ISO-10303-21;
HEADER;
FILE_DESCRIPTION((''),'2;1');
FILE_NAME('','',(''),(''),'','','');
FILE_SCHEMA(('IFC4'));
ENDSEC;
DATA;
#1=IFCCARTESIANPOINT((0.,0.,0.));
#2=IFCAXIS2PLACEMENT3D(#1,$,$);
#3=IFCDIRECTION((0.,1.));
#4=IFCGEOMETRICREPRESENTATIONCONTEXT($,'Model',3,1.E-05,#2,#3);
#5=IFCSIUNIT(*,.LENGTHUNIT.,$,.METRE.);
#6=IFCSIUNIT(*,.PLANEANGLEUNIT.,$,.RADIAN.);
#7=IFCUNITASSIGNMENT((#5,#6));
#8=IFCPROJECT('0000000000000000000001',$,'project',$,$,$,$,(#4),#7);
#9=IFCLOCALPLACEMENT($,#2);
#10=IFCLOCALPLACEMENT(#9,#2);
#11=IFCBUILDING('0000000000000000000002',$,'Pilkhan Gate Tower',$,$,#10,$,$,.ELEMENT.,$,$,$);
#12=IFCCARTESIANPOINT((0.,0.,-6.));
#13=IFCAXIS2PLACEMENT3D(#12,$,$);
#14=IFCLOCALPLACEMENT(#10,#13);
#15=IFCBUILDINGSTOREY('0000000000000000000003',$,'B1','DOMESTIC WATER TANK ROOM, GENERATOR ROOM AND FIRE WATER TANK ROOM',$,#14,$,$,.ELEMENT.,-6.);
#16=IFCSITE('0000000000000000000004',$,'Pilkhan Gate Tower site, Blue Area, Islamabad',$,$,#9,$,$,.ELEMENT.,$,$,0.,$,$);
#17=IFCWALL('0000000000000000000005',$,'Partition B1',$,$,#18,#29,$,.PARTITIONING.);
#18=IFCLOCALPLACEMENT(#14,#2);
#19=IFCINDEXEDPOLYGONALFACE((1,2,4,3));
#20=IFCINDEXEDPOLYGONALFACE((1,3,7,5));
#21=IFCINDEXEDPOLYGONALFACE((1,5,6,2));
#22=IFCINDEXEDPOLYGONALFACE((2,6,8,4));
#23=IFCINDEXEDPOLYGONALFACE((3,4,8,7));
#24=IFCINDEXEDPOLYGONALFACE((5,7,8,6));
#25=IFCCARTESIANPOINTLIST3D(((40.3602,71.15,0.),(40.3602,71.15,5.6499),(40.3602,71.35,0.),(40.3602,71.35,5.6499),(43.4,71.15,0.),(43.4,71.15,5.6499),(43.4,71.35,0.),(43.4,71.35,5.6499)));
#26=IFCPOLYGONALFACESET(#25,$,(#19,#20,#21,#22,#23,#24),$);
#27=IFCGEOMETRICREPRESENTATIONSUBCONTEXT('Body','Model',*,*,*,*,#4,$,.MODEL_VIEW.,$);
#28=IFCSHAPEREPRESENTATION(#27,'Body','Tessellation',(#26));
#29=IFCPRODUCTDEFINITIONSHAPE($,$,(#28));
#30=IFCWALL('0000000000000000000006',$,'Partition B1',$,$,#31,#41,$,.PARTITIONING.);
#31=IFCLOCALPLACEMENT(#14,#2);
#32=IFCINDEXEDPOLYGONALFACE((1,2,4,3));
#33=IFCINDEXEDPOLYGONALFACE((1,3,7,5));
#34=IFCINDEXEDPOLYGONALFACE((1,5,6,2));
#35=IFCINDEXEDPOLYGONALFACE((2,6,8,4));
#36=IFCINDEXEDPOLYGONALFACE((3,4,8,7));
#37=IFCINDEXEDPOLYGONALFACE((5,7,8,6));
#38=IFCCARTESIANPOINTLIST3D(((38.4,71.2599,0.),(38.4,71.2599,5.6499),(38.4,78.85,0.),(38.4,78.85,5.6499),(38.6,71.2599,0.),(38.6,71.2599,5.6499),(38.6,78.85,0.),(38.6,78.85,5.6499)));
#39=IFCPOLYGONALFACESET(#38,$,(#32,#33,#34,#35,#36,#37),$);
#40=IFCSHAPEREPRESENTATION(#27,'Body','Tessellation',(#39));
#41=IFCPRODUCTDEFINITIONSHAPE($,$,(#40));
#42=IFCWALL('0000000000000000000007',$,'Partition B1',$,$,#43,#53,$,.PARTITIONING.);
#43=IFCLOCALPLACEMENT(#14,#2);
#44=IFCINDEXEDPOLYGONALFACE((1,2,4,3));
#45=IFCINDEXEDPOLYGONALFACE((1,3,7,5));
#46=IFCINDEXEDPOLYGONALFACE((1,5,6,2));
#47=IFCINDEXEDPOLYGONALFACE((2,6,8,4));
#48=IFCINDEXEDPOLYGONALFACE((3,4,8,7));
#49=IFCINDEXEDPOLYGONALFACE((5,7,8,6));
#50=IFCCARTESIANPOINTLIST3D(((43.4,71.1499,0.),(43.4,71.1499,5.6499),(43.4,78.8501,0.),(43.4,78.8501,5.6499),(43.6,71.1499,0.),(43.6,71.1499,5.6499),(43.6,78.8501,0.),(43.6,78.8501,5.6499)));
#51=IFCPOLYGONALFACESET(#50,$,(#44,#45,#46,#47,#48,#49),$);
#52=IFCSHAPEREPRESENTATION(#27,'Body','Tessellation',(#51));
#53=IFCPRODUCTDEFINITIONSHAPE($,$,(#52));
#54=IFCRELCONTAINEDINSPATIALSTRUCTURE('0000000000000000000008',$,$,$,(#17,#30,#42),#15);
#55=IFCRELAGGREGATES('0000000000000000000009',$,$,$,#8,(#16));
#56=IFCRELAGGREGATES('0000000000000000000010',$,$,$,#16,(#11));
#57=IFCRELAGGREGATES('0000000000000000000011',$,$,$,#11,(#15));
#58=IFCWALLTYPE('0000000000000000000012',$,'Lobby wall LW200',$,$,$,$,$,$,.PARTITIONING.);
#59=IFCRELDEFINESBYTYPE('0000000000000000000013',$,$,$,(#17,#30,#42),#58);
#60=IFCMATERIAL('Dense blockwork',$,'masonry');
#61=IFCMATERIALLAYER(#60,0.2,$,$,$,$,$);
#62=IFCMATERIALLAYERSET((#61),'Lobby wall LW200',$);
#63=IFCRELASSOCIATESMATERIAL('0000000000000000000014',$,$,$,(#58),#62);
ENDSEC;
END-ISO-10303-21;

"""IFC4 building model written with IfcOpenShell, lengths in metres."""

from ifc_helpers import new_model, si_unit, direction, frame, frame_2d, origin, place, context, subcontext, project, spatial, rectangle, extrude, material, layer, layer_set, type_object, element, save


model = new_model("IFC4")

# Units and contexts
model_context = context("Model", 3, precision=1e-05, world=origin(), true_north=direction((0.0, 1.0)))
body_context = subcontext(model_context, "Body", "Model", "MODEL_VIEW")
ifc_project = project(units=[si_unit("LENGTHUNIT", "METRE"), si_unit("PLANEANGLEUNIT", "RADIAN")], contexts=[model_context])

# Site, building, storey
site_placement = place(None, origin())
site = spatial("IfcSite", under=ifc_project, at=site_placement, Name="Pilkhan Gate Tower site, Blue Area, Islamabad", CompositionType="ELEMENT", RefElevation=0.0)
building_placement = place(site_placement, origin())
building = spatial("IfcBuilding", under=site, at=building_placement, Name="Pilkhan Gate Tower", CompositionType="ELEMENT")
storey_placement = place(building_placement, frame((0.0, 0.0, -6.0)))
storey = spatial("IfcBuildingStorey", under=building, at=storey_placement, Name="B1", Description="DOMESTIC WATER TANK ROOM, GENERATOR ROOM AND FIRE WATER TANK ROOM", CompositionType="ELEMENT", Elevation=-6.0)

# Walls
ifc_material_1 = material(Name="Dense blockwork", Category="masonry")
ifc_layer_1 = layer(ifc_material_1, 0.2)
ifc_layer_set_1 = layer_set([ifc_layer_1], Name="Lobby wall LW200")
wall_type_1 = type_object("IfcWallType", Name="Lobby wall LW200", PredefinedType="PARTITIONING", material=ifc_layer_set_1)
wall_1_placement = place(storey_placement, frame((40.3601, 71.25, 0.0), z_axis=(0.0, 0.0, 1.0), x_axis=(1.0, 0.0, 0.0)))
element("IfcWall", 1, at=wall_1_placement, inside=storey, type_object=wall_type_1, Name="Partition B1", PredefinedType="PARTITIONING", context=body_context, shape_type="SweptSolid", body=[
    extrude(rectangle(XDim=3.0398, YDim=0.2, at=frame_2d((1.52, 0.0))), origin(), (0.0, 0.0, 1.0), 5.6499),
])
wall_2_placement = place(storey_placement, frame((38.5, 71.26, 0.0), z_axis=(0.0, 0.0, 1.0), x_axis=(0.0, 1.0, 0.0)))
element("IfcWall", 2, at=wall_2_placement, inside=storey, type_object=wall_type_1, Name="Partition B1", PredefinedType="PARTITIONING", context=body_context, shape_type="SweptSolid", body=[
    extrude(rectangle(XDim=7.5901, YDim=0.2, at=frame_2d((3.7949, 0.0))), origin(), (0.0, 0.0, 1.0), 5.6499),
])
wall_3_placement = place(storey_placement, frame((43.5, 71.1499, 0.0), z_axis=(0.0, 0.0, 1.0), x_axis=(0.0, 1.0, 0.0)))
element("IfcWall", 3, at=wall_3_placement, inside=storey, type_object=wall_type_1, Name="Partition B1", PredefinedType="PARTITIONING", context=body_context, shape_type="SweptSolid", body=[
    extrude(rectangle(XDim=7.7002, YDim=0.2, at=frame_2d((3.8501, 0.0))), origin(), (0.0, 0.0, 1.0), 5.6499),
])

save(model, "model.ifc")
